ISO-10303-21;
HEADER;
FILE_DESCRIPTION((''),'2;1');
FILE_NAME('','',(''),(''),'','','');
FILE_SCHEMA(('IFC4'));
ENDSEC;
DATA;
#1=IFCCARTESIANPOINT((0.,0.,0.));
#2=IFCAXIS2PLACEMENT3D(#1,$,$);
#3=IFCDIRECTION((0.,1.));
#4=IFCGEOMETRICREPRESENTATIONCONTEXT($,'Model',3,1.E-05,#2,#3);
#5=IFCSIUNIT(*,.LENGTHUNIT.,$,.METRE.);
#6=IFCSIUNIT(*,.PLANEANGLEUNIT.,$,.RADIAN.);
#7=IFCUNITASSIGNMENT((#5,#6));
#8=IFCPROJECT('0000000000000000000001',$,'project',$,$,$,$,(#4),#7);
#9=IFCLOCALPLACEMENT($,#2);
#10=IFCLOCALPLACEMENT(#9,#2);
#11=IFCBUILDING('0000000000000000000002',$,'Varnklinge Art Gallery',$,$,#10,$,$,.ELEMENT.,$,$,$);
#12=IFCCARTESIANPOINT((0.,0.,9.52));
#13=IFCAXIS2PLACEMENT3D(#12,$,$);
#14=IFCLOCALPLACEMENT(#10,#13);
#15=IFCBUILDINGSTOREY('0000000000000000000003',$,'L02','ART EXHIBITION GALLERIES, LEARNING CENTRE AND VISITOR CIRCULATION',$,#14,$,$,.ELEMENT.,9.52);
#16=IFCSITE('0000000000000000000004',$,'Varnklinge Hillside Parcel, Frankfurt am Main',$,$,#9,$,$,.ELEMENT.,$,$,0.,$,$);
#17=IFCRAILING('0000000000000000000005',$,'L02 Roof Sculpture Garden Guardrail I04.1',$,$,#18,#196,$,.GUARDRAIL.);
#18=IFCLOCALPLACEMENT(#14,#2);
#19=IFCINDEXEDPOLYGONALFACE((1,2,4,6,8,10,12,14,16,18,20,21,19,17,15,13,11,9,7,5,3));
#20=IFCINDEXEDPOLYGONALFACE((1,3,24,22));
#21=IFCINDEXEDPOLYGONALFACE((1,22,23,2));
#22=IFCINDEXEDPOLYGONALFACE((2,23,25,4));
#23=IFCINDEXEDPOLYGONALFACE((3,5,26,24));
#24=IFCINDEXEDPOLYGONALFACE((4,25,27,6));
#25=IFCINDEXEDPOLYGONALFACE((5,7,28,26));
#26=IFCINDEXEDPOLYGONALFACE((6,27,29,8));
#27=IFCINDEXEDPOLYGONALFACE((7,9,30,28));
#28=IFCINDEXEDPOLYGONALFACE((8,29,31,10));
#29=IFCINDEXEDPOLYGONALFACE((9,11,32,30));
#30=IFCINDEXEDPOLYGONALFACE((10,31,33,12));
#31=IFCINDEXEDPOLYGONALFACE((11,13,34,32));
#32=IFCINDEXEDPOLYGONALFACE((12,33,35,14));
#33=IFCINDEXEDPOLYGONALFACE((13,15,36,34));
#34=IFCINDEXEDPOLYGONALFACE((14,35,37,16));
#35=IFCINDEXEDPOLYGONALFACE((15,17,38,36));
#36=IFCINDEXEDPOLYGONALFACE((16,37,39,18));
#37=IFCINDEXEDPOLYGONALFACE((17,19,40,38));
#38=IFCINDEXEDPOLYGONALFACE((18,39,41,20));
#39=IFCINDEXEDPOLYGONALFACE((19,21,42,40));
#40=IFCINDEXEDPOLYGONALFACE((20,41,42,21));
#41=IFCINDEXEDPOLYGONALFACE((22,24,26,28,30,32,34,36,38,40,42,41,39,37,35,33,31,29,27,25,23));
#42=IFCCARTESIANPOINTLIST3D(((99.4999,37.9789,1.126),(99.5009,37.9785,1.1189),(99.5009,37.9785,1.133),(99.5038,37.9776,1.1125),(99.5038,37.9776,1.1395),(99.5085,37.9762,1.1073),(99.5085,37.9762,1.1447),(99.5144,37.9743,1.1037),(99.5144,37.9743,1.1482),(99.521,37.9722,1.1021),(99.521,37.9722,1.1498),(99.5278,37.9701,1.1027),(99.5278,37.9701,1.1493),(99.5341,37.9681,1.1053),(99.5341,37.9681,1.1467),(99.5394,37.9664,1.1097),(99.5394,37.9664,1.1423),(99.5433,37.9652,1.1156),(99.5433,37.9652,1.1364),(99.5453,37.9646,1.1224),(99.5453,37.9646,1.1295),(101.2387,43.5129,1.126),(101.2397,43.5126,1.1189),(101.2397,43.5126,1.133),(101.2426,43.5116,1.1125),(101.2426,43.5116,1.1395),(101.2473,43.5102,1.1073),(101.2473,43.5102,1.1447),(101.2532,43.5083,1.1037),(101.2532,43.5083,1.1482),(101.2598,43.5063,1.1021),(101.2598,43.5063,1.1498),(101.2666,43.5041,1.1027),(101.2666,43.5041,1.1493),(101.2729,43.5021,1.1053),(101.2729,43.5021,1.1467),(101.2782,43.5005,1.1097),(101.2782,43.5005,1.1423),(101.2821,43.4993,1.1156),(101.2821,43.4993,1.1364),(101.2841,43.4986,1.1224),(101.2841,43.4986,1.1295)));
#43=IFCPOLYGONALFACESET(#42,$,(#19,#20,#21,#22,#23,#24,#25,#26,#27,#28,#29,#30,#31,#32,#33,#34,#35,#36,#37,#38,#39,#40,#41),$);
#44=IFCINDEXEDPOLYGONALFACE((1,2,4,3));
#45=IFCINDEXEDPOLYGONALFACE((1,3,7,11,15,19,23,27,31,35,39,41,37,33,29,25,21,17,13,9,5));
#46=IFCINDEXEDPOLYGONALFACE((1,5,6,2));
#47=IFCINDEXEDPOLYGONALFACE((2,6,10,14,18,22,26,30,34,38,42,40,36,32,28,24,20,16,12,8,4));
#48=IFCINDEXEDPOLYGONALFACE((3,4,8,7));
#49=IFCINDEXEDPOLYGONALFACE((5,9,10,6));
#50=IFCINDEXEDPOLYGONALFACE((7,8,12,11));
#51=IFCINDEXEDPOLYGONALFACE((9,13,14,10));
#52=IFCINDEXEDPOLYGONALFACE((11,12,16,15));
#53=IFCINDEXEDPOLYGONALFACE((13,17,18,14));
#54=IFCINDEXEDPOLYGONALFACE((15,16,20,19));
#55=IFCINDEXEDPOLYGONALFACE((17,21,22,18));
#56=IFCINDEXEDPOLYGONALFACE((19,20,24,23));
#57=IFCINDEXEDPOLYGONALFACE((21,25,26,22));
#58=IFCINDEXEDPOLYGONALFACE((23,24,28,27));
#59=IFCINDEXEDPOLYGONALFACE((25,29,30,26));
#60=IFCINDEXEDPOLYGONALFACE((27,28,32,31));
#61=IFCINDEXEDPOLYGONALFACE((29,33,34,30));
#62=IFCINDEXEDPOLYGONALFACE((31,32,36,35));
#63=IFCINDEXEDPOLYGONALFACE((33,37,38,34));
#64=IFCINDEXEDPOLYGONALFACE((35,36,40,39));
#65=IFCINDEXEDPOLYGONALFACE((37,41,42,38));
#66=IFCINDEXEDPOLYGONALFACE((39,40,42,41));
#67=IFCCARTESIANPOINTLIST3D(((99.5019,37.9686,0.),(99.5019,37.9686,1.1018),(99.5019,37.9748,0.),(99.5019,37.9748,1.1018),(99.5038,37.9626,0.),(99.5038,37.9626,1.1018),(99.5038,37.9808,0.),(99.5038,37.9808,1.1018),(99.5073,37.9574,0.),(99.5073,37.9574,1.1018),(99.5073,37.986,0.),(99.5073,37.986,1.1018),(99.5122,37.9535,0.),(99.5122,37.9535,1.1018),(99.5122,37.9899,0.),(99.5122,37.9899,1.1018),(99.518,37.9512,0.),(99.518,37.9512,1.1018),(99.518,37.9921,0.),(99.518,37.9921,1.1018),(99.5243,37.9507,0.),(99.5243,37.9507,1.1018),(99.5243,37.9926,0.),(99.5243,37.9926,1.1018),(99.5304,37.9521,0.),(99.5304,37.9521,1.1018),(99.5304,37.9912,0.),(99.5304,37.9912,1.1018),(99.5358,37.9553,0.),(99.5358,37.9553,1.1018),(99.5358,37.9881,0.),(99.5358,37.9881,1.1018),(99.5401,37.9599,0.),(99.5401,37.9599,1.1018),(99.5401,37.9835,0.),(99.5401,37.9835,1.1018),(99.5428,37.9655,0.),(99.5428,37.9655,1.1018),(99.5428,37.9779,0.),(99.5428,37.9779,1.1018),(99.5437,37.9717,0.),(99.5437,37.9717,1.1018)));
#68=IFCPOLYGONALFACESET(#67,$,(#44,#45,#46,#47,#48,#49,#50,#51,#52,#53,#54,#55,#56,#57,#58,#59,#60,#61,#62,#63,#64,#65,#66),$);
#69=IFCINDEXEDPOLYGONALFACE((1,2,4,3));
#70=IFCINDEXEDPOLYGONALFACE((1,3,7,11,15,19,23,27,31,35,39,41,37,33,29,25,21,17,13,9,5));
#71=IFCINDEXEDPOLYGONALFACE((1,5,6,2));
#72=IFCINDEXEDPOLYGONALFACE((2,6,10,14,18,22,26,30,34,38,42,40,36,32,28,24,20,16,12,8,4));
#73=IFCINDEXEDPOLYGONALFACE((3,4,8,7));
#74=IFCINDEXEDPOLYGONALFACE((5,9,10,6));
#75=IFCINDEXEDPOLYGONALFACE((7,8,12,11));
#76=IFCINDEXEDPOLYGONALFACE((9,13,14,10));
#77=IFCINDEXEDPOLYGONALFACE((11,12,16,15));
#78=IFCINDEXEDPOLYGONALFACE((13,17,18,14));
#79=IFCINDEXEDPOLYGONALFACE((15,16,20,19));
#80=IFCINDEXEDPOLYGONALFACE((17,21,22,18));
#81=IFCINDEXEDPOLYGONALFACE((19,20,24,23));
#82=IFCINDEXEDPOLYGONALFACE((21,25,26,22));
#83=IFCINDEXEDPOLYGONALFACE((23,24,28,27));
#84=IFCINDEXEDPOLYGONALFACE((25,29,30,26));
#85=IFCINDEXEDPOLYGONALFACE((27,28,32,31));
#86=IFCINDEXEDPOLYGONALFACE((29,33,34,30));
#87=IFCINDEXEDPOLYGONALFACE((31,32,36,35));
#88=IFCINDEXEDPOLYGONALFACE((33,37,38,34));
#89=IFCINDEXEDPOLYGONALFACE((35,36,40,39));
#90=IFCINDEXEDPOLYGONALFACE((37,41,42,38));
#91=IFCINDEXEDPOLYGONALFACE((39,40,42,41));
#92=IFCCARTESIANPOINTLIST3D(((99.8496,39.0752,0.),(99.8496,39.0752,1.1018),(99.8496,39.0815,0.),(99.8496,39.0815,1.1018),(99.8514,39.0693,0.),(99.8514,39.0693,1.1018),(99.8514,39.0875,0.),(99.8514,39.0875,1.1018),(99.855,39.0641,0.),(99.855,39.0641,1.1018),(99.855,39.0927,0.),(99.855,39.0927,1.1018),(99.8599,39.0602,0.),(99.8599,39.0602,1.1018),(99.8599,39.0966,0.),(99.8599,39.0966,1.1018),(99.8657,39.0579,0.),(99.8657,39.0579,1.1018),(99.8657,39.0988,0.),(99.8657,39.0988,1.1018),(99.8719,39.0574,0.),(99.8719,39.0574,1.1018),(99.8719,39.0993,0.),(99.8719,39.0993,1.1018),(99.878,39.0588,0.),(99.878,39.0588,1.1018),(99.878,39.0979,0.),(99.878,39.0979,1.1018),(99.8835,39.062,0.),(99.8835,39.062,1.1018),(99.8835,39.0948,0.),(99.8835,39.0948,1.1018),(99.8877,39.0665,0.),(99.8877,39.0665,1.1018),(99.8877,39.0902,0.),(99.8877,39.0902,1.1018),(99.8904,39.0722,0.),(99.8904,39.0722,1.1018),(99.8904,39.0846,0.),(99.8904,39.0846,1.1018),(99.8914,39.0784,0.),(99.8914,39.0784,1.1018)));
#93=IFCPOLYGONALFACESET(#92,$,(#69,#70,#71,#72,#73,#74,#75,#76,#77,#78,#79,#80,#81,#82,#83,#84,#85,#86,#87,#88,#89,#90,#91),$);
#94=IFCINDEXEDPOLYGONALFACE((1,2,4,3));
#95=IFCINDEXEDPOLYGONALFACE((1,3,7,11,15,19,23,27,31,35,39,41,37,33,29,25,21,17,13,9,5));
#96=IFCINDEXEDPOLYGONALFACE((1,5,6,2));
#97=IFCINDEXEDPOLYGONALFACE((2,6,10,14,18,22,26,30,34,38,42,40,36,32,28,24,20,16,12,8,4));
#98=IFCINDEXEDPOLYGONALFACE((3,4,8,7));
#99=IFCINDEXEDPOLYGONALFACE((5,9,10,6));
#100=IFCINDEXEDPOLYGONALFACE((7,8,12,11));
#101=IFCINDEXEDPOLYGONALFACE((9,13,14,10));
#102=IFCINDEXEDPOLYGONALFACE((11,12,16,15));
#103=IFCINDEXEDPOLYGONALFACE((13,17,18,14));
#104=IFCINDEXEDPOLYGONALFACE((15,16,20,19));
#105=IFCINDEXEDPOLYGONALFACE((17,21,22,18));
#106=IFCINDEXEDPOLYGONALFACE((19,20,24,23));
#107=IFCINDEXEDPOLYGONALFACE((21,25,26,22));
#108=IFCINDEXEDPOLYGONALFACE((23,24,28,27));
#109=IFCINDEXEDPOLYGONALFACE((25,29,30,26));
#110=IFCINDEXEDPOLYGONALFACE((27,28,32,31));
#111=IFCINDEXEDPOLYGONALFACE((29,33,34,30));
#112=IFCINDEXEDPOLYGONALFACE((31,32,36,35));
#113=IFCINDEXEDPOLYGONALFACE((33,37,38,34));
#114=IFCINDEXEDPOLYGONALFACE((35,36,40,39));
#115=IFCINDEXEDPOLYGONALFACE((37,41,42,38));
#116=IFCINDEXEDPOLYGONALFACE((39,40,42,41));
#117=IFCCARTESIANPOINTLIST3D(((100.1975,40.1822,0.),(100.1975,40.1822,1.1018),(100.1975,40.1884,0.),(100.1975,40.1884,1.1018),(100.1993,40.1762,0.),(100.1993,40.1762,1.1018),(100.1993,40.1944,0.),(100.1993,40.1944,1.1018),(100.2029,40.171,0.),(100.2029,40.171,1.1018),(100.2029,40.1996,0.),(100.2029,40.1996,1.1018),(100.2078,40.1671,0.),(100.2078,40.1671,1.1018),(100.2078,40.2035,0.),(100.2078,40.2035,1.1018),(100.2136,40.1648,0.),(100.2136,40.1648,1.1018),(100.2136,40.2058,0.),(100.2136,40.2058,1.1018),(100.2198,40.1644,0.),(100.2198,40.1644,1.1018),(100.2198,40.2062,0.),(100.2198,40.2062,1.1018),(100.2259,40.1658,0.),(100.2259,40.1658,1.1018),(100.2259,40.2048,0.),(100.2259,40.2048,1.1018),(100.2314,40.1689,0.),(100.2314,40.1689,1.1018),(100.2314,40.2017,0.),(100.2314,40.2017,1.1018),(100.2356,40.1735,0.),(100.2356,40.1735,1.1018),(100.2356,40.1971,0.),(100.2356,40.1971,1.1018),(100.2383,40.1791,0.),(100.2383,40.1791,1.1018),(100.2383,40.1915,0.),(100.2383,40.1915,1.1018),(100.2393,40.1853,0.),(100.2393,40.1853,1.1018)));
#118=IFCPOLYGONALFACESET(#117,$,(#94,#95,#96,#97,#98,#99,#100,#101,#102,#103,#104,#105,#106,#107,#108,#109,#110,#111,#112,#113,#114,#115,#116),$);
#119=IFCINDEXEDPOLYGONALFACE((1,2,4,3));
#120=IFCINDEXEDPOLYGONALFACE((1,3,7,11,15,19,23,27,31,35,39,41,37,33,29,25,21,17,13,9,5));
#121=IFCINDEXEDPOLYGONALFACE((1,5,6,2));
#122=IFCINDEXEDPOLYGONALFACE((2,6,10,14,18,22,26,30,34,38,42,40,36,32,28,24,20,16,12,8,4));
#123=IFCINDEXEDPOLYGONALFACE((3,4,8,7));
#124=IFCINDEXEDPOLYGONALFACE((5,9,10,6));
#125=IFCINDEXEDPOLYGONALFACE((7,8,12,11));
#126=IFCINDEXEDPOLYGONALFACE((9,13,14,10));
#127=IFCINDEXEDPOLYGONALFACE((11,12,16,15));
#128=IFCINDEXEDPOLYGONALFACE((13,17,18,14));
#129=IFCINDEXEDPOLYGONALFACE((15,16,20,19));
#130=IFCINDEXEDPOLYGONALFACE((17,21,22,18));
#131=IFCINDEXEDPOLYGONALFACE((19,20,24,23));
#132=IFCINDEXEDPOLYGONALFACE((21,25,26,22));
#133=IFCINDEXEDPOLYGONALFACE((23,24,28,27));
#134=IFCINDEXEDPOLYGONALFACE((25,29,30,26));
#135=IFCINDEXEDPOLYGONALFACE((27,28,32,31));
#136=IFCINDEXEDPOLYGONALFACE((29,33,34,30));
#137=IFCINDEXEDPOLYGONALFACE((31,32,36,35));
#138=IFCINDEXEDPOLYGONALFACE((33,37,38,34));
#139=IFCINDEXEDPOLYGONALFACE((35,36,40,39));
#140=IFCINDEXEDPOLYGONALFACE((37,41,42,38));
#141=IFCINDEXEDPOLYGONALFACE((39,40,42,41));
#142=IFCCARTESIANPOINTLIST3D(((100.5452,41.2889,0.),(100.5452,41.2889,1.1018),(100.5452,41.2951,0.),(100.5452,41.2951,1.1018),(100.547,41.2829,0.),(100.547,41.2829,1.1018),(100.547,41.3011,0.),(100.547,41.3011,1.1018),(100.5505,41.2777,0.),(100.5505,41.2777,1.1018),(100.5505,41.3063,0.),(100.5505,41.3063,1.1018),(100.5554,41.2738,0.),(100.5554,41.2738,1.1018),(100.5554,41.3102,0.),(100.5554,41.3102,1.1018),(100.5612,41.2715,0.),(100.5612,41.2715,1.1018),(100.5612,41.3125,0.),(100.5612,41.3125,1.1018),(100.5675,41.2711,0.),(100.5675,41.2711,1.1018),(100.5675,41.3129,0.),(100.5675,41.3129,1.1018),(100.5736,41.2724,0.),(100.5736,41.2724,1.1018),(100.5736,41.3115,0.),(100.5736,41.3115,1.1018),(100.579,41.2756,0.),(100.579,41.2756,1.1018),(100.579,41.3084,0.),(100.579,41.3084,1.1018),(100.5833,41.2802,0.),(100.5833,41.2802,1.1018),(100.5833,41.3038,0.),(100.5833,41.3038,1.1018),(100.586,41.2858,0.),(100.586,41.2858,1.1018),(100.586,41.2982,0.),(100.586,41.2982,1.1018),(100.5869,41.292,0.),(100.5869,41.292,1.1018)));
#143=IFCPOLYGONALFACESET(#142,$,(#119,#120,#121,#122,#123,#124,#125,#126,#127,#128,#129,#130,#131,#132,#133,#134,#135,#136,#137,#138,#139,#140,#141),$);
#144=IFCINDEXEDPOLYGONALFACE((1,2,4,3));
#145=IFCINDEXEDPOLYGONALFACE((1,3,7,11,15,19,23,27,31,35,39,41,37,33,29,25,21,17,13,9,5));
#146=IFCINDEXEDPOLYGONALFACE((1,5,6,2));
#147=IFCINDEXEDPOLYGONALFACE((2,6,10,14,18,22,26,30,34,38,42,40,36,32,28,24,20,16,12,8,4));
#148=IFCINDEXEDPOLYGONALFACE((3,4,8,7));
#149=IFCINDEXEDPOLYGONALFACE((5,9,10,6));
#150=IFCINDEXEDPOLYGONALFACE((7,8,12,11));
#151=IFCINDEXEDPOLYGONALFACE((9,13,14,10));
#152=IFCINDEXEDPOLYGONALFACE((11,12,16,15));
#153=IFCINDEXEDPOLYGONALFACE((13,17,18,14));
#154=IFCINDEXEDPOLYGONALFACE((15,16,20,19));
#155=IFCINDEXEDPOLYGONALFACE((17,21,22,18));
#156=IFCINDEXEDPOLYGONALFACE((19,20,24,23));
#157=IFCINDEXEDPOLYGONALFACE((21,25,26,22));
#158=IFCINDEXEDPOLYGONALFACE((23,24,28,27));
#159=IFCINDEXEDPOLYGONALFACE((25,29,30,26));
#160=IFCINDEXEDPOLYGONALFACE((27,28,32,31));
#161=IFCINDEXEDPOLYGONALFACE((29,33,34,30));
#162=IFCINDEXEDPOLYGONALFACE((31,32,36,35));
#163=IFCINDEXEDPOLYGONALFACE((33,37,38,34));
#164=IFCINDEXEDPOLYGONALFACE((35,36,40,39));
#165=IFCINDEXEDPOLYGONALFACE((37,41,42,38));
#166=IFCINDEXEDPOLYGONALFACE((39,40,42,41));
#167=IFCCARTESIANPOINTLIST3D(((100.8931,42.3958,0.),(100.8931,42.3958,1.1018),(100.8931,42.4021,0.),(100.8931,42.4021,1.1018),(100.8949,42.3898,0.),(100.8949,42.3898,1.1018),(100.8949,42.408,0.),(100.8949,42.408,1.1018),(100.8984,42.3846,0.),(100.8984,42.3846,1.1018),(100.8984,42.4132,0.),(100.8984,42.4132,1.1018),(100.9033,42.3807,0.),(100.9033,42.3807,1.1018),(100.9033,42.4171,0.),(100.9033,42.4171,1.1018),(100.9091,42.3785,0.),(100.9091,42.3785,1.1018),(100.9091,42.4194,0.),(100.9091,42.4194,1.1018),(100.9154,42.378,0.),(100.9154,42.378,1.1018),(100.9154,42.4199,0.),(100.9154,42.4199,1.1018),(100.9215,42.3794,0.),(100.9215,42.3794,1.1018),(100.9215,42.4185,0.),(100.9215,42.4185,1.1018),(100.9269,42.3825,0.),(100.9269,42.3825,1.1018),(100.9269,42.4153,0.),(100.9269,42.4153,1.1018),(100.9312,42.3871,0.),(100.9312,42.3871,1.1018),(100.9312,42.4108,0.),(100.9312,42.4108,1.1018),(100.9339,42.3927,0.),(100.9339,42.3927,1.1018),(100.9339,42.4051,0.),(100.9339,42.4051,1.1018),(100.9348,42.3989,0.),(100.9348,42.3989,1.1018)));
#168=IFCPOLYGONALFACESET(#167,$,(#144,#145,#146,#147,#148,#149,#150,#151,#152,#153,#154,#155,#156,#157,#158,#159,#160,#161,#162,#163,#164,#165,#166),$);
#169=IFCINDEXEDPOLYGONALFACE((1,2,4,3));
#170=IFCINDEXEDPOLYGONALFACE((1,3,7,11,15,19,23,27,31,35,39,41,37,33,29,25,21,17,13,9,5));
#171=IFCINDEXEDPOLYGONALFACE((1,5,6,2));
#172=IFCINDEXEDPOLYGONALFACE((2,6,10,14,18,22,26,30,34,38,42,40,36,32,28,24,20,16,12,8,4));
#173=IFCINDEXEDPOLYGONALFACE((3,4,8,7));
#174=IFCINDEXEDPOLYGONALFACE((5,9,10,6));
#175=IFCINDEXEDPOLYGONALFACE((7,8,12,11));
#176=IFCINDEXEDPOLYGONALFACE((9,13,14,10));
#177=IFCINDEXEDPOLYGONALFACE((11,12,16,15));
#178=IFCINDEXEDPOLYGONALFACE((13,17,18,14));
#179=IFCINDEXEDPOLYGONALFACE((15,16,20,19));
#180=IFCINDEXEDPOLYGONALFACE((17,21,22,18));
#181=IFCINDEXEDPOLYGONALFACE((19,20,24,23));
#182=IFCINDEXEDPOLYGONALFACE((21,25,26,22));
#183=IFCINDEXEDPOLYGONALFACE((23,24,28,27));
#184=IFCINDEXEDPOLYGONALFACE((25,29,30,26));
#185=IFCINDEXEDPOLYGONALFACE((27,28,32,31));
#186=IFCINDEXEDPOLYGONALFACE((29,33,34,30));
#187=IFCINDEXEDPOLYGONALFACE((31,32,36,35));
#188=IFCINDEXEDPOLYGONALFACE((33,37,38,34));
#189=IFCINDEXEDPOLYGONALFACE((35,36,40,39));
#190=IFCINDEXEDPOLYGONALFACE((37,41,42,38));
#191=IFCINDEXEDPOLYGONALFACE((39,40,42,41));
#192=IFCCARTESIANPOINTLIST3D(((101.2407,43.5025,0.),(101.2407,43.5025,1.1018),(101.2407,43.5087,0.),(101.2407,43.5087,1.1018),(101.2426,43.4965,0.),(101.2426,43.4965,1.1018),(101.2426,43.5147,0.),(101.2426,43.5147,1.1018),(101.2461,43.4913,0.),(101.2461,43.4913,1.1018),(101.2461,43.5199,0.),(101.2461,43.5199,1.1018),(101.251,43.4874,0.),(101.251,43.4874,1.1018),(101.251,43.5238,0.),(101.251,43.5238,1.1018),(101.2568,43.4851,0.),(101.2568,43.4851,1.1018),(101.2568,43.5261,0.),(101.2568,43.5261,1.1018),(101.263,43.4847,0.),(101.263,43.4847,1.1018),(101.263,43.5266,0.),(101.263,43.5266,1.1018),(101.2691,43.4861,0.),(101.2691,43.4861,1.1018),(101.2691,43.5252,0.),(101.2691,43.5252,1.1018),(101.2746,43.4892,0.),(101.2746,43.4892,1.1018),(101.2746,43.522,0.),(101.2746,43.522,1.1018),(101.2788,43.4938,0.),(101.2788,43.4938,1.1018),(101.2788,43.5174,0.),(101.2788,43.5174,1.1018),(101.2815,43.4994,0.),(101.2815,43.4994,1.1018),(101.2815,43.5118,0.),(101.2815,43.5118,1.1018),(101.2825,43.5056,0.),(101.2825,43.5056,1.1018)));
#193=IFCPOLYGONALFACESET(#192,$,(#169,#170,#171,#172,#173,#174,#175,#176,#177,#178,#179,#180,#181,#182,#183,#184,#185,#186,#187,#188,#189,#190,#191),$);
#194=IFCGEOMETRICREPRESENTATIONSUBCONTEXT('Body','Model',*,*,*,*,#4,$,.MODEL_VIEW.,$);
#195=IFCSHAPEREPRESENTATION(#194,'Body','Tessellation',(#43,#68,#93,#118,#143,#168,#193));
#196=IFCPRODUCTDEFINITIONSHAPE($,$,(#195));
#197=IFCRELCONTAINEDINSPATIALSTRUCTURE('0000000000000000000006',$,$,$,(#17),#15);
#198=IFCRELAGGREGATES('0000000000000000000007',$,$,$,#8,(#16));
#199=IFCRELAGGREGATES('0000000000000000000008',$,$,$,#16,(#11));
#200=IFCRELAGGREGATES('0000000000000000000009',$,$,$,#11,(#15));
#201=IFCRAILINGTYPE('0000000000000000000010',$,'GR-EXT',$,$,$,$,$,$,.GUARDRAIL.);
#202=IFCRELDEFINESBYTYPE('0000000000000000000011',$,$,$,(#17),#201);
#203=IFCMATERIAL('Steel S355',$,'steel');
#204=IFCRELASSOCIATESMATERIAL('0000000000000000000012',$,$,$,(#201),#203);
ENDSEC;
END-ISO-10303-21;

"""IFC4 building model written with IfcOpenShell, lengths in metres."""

from ifc_helpers import new_model, si_unit, direction, frame, origin, origin_2d, place, context, subcontext, project, spatial, circle, extrude, material, type_object, element, save


model = new_model("IFC4")

# Units and contexts
model_context = context("Model", 3, precision=1e-05, world=origin(), true_north=direction((0.0, 1.0)))
body_context = subcontext(model_context, "Body", "Model", "MODEL_VIEW")
ifc_project = project(units=[si_unit("LENGTHUNIT", "METRE"), si_unit("PLANEANGLEUNIT", "RADIAN")], contexts=[model_context])

# Site, building, storey
site_placement = place(None, origin())
site = spatial("IfcSite", under=ifc_project, at=site_placement, Name="Varnklinge Hillside Parcel, Frankfurt am Main", CompositionType="ELEMENT", RefElevation=0.0)
building_placement = place(site_placement, origin())
building = spatial("IfcBuilding", under=site, at=building_placement, Name="Varnklinge Art Gallery", CompositionType="ELEMENT")
storey_placement = place(building_placement, frame((0.0, 0.0, 9.52)))
storey = spatial("IfcBuildingStorey", under=building, at=storey_placement, Name="L02", Description="ART EXHIBITION GALLERIES, LEARNING CENTRE AND VISITOR CIRCULATION", CompositionType="ELEMENT", Elevation=9.52)

# Railing
ifc_material_1 = material(Name="Steel S355", Category="steel")
railing_type_1 = type_object("IfcRailingType", Name="GR-EXT", PredefinedType="GUARDRAIL", material=ifc_material_1)
railing_1_placement = place(storey_placement, frame((99.5227, 37.9717, 0.0)))
element("IfcRailing", 1, at=railing_1_placement, inside=storey, type_object=railing_type_1, Name="L02 Roof Sculpture Garden Guardrail I04.1", PredefinedType="GUARDRAIL", context=body_context, shape_type="SweptSolid", body=[
    extrude(circle(Radius=0.0239, at=origin_2d()), frame((0.0, 0.0, 1.126), z_axis=(0.299753, 0.954017, 0.0), x_axis=(-0.954017, 0.299753, 0.0)), (0.0, 0.0, 1.0), 5.8008),
    extrude(circle(Radius=0.021, at=origin_2d()), origin(), (0.0, 0.0, 1.0), 1.1018),
    extrude(circle(Radius=0.021, at=origin_2d()), frame((0.3477, 1.1067, 0.0)), (0.0, 0.0, 1.0), 1.1018),
    extrude(circle(Radius=0.021, at=origin_2d()), frame((0.6956, 2.2136, 0.0)), (0.0, 0.0, 1.0), 1.1018),
    extrude(circle(Radius=0.021, at=origin_2d()), frame((1.0432, 3.3203, 0.0)), (0.0, 0.0, 1.0), 1.1018),
    extrude(circle(Radius=0.021, at=origin_2d()), frame((1.3911, 4.4272, 0.0)), (0.0, 0.0, 1.0), 1.1018),
    extrude(circle(Radius=0.021, at=origin_2d()), frame((1.7388, 5.5339, 0.0)), (0.0, 0.0, 1.0), 1.1018),
])

save(model, "model.ifc")
